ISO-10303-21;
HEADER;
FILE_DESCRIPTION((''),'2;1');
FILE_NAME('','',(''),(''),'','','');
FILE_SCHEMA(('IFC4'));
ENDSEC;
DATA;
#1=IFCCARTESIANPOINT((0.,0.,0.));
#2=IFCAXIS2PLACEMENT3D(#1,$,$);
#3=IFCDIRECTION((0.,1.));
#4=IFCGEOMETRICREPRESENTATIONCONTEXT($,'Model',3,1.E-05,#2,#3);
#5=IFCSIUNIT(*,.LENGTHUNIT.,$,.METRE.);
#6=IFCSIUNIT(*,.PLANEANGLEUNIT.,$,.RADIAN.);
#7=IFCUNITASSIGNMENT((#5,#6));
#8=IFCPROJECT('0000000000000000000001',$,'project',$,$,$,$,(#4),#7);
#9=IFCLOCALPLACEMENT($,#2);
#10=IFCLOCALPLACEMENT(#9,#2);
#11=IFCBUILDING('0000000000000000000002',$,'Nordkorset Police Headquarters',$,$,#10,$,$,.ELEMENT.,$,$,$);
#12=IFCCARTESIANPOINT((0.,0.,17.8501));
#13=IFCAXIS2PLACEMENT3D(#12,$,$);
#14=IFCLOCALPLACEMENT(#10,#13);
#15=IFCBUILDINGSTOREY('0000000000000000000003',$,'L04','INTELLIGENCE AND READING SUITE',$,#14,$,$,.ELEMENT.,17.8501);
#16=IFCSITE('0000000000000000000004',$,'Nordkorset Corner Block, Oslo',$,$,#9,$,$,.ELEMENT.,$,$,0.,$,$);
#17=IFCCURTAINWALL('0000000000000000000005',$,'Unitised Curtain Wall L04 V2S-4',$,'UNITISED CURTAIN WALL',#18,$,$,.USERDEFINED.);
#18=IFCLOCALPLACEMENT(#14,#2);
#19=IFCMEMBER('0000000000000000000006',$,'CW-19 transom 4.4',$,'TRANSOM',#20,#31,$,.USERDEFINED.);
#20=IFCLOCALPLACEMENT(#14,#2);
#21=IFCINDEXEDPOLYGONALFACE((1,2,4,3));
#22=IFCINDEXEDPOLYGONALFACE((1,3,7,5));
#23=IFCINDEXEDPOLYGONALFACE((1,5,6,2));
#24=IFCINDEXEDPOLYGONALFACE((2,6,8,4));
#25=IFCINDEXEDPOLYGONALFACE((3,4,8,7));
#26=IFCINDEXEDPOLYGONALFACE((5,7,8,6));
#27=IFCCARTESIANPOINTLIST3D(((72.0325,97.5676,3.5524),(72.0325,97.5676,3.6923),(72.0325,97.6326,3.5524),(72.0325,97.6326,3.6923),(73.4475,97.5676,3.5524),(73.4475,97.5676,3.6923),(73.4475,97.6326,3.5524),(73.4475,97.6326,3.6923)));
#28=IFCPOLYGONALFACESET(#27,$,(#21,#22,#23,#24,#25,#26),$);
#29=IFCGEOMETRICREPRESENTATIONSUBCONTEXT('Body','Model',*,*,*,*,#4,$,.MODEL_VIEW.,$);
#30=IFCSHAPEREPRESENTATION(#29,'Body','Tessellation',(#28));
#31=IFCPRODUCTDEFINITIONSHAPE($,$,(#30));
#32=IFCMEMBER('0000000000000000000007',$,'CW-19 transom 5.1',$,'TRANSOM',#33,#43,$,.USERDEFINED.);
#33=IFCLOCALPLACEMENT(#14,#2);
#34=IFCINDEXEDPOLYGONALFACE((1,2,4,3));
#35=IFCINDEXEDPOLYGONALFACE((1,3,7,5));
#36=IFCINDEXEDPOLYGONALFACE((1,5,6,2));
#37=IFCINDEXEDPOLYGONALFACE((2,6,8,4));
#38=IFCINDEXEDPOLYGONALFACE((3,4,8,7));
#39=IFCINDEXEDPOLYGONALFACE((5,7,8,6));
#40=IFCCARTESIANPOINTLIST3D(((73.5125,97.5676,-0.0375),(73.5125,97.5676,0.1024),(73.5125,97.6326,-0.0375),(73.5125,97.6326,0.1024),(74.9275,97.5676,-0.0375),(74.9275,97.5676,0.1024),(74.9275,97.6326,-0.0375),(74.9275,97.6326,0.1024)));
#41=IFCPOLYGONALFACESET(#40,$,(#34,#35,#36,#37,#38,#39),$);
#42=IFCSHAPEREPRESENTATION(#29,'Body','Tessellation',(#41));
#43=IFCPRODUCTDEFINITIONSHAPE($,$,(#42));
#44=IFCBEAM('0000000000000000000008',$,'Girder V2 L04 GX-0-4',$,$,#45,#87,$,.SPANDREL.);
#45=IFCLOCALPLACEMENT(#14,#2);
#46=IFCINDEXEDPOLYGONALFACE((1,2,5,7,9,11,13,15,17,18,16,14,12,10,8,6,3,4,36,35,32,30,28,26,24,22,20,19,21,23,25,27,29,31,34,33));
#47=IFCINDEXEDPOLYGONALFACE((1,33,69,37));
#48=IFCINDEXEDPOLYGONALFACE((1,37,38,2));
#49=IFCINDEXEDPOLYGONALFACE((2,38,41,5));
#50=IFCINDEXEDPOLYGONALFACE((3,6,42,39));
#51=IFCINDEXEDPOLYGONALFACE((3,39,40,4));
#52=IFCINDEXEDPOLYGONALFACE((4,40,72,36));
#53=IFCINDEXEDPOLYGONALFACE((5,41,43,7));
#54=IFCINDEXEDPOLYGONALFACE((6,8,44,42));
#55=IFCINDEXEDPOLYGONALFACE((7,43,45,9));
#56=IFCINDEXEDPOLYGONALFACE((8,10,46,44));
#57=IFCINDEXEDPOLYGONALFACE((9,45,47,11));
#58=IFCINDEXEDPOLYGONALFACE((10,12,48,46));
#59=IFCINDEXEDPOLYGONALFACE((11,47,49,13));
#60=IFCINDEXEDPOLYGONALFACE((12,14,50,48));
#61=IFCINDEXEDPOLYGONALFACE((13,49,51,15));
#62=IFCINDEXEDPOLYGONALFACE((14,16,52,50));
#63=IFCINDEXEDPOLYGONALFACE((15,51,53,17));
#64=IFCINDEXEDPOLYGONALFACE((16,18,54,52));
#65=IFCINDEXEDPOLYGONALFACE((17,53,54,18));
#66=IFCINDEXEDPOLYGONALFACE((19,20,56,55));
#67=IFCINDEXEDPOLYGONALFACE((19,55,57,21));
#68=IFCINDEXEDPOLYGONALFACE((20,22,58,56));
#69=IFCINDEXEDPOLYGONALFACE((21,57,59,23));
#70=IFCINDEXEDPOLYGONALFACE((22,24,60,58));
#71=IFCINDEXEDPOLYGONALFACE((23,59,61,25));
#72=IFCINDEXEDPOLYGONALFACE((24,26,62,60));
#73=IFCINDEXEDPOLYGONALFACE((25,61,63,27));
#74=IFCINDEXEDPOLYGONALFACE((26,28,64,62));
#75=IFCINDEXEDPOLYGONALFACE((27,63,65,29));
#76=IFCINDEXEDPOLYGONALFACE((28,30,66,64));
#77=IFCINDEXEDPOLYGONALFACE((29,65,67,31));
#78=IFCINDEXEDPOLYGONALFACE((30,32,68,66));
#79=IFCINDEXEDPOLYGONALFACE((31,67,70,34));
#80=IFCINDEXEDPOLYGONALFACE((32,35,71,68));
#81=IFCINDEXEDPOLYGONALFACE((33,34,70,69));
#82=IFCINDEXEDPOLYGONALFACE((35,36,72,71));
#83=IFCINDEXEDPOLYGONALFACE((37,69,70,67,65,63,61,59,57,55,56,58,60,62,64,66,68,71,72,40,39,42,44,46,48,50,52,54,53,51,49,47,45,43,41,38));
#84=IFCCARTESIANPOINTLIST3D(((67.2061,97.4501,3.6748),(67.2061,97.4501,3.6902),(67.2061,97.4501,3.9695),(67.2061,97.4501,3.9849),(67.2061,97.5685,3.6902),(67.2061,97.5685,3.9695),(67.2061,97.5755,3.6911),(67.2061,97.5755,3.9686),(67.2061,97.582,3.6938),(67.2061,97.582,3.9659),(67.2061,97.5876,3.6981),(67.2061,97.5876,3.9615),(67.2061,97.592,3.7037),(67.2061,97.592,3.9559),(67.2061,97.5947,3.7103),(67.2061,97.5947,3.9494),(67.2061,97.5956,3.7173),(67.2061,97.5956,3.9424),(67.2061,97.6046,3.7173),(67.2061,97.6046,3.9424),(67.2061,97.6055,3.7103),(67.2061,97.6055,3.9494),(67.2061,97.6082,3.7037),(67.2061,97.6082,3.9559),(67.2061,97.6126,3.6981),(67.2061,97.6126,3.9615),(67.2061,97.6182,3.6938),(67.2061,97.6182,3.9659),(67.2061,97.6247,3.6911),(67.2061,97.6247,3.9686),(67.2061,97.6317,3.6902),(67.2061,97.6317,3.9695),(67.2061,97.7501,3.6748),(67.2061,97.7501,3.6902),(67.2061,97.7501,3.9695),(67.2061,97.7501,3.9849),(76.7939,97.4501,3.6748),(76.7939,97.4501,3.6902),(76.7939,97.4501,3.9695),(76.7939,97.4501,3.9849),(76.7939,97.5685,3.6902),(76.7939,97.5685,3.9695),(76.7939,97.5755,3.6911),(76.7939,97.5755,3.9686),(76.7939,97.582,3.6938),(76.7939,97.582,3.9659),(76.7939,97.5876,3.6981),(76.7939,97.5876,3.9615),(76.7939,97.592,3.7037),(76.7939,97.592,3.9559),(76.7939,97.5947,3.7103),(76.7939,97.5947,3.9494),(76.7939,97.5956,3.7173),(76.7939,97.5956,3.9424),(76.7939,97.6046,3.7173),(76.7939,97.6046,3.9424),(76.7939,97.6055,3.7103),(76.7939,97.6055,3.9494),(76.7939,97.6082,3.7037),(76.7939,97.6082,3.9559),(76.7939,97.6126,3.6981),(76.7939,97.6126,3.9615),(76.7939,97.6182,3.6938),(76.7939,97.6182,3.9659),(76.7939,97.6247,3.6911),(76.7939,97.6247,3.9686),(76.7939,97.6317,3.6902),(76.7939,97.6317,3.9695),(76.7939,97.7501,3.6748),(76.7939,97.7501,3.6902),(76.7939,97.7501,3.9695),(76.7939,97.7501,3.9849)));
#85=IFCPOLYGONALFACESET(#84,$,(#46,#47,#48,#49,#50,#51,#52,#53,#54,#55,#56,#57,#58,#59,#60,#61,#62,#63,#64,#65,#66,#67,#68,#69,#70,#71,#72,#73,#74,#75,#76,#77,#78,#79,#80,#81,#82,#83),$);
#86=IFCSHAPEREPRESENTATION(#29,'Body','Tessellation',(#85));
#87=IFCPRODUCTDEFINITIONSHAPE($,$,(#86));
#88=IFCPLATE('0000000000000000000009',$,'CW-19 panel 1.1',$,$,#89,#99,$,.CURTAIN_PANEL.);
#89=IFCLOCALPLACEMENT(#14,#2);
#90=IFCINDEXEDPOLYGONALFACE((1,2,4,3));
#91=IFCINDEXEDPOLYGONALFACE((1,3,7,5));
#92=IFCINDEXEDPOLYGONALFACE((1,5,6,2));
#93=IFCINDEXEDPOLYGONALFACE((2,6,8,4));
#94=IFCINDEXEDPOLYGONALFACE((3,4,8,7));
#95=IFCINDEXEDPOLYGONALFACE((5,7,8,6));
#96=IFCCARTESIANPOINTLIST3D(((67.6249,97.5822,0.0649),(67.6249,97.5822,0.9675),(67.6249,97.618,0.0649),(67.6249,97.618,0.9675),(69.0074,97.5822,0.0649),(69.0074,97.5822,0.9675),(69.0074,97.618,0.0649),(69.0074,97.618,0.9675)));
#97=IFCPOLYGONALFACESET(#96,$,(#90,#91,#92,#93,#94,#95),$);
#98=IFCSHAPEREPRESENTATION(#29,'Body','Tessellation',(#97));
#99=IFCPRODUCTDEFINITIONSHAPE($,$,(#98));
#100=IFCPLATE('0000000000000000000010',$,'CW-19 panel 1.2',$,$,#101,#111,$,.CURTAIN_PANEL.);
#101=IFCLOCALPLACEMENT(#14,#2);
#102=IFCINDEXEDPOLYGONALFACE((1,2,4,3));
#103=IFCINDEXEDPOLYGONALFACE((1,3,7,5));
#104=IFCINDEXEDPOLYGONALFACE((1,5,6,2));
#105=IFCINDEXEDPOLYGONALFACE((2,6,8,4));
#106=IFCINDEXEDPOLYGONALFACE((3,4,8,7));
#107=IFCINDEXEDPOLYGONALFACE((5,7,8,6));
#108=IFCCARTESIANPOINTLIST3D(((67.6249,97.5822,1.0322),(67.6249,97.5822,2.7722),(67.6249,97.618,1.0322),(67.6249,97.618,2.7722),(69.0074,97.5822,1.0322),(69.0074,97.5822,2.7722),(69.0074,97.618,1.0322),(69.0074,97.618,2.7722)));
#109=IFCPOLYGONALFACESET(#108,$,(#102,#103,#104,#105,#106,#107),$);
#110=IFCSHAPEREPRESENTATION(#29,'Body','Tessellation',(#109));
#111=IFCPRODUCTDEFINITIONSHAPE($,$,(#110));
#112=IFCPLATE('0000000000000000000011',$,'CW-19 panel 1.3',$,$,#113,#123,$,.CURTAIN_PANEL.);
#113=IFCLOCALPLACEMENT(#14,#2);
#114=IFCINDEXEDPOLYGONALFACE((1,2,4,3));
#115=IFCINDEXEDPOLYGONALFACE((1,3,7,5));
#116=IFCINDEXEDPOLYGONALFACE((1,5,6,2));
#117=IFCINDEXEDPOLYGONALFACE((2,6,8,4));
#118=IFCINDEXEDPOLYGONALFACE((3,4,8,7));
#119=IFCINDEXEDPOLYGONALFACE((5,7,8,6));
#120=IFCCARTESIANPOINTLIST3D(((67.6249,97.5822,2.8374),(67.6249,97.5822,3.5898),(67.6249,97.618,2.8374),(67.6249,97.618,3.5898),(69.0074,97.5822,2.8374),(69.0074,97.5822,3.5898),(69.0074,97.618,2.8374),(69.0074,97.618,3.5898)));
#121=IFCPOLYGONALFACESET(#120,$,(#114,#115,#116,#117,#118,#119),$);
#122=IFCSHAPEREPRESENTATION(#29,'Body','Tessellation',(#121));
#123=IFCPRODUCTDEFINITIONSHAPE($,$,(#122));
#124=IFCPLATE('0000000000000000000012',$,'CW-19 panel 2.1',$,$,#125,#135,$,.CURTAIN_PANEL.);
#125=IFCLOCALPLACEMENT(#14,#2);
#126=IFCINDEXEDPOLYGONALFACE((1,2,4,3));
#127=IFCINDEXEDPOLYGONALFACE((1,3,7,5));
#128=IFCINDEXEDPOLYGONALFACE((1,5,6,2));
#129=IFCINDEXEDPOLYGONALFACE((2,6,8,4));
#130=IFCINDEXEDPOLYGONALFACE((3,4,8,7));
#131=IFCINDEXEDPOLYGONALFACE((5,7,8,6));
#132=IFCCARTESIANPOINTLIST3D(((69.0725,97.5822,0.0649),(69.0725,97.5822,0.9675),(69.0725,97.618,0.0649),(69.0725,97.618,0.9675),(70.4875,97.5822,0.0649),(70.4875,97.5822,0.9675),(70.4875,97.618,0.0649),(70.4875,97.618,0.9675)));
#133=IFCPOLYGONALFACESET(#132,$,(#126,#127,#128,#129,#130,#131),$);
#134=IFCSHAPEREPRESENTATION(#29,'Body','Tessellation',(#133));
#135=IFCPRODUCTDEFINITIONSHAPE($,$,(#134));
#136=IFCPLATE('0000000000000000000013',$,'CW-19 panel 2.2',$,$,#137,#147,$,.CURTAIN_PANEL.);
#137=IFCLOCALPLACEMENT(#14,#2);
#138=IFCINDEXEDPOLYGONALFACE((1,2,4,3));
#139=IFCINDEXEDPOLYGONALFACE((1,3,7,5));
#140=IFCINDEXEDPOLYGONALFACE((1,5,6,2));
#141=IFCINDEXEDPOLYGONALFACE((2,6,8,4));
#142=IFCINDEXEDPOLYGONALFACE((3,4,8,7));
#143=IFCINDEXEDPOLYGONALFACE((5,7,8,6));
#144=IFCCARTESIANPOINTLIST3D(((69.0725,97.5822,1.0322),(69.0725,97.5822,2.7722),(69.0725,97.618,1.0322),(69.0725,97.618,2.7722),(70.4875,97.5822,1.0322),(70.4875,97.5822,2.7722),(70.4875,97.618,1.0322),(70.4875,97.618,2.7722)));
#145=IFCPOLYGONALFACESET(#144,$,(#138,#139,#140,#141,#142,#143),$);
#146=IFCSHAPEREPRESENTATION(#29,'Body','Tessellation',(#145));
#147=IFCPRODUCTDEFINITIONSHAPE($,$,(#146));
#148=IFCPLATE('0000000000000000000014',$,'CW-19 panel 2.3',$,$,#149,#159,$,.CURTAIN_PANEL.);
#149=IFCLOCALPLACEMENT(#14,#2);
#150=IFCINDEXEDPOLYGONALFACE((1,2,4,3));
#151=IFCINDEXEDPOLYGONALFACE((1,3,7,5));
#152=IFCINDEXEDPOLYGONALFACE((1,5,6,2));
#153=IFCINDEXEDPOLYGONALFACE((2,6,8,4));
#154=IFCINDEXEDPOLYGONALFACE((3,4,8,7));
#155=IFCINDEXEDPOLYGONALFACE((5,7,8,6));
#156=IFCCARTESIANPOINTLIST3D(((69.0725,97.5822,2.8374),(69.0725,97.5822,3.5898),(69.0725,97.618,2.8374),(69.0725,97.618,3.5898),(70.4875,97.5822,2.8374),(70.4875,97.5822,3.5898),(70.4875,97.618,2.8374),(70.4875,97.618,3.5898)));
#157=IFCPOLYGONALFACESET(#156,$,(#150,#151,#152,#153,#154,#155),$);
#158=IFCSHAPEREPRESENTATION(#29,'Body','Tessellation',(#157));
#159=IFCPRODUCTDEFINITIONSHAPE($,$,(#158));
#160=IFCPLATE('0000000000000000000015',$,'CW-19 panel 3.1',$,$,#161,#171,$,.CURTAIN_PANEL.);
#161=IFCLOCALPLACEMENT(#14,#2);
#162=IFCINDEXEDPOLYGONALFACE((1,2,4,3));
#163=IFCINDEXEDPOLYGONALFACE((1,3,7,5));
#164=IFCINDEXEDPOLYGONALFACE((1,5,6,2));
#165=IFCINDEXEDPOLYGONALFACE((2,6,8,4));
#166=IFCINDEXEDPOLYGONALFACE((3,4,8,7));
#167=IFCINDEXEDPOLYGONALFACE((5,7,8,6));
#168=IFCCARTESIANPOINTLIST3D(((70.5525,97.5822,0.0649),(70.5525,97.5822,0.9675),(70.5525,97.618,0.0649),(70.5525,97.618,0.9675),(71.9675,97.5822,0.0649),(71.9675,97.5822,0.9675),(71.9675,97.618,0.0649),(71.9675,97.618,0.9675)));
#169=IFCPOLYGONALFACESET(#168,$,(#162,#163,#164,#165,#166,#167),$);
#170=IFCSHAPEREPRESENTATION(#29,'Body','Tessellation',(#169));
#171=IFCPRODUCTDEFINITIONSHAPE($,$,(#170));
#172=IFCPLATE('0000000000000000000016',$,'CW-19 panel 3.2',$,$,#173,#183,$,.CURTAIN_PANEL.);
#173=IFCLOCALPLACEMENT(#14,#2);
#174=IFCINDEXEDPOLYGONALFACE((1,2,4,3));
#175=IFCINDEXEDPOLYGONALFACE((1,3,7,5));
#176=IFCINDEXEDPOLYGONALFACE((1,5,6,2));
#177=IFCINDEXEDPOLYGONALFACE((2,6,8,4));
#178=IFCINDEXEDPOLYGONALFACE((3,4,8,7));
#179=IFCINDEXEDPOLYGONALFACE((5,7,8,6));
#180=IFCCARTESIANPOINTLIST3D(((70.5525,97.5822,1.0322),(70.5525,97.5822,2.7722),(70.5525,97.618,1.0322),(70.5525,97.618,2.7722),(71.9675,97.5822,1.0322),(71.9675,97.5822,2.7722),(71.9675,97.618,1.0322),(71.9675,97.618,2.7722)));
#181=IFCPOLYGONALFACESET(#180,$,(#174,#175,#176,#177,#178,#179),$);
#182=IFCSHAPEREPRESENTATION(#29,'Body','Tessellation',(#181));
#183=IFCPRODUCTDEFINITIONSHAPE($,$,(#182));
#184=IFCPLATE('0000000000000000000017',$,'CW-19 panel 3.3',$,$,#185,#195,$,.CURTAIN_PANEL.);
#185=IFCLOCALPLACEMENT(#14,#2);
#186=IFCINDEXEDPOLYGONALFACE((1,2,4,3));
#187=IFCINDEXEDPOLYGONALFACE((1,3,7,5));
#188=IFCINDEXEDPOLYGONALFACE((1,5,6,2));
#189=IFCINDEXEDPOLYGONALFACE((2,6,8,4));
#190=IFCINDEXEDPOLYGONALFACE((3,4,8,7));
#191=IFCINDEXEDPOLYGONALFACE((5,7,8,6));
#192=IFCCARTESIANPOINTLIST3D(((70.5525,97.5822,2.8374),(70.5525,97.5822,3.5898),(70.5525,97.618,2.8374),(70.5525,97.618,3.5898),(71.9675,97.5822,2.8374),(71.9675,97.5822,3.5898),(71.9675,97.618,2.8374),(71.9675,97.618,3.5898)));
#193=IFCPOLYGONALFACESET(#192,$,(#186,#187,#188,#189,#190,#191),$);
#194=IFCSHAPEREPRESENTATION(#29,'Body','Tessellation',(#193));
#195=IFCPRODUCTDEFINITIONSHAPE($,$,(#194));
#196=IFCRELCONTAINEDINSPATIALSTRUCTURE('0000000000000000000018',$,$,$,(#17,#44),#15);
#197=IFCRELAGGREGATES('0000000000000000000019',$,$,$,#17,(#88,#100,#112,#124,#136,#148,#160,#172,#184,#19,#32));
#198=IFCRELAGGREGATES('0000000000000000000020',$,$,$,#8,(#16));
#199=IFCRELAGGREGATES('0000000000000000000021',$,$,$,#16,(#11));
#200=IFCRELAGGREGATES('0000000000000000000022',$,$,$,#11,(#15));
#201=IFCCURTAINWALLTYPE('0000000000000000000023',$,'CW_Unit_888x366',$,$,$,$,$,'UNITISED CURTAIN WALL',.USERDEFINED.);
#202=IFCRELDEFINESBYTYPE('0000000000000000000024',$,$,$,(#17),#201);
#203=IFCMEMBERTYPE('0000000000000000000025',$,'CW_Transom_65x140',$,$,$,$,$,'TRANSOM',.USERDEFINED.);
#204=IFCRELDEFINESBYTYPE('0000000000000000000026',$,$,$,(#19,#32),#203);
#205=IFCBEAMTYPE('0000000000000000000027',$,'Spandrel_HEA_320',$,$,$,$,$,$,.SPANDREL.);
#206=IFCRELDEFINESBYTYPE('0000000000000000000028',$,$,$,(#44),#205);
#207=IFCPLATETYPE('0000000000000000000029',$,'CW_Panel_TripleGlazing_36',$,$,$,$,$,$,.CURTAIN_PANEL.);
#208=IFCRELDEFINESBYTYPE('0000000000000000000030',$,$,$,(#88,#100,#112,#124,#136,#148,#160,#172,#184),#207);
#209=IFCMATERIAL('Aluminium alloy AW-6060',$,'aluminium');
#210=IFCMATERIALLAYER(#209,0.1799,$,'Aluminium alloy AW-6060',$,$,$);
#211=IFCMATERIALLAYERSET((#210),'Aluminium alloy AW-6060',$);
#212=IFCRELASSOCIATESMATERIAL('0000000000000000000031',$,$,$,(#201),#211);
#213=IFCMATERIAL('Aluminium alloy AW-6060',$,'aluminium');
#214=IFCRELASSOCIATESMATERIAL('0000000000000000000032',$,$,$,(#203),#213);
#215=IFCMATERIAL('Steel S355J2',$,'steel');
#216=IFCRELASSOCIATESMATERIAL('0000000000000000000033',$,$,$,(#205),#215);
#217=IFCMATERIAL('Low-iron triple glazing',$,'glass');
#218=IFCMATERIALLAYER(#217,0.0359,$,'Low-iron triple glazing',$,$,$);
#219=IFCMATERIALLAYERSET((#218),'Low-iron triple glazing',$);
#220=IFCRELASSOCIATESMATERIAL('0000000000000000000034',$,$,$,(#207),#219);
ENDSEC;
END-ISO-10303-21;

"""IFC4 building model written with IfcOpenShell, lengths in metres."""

from ifc_helpers import new_model, si_unit, direction, frame, origin, origin_2d, place, context, subcontext, project, spatial, rectangle, i_section, extrude, material, layer, layer_set, material_profile, profile_set, type_object, element, aggregate, save


model = new_model("IFC4")

# Units and contexts
model_context = context("Model", 3, precision=1e-05, world=origin(), true_north=direction((0.0, 1.0)))
body_context = subcontext(model_context, "Body", "Model", "MODEL_VIEW")
ifc_project = project(units=[si_unit("LENGTHUNIT", "METRE"), si_unit("PLANEANGLEUNIT", "RADIAN")], contexts=[model_context])

# Site, building, storey
site_placement = place(None, origin())
site = spatial("IfcSite", under=ifc_project, at=site_placement, Name="Nordkorset Corner Block, Oslo", CompositionType="ELEMENT", RefElevation=0.0)
building_placement = place(site_placement, origin())
building = spatial("IfcBuilding", under=site, at=building_placement, Name="Nordkorset Police Headquarters", CompositionType="ELEMENT")
storey_placement = place(building_placement, frame((0.0, 0.0, 17.8501)))
storey = spatial("IfcBuildingStorey", under=building, at=storey_placement, Name="L04", Description="INTELLIGENCE AND READING SUITE", CompositionType="ELEMENT", Elevation=17.8501)

# Curtain wall, members
ifc_material_1 = material(Name="Aluminium alloy AW-6060", Category="aluminium")
ifc_layer_1 = layer(ifc_material_1, 0.1799, Name="Aluminium alloy AW-6060")
ifc_layer_set_1 = layer_set([ifc_layer_1], Name="Aluminium alloy AW-6060")
curtain_wall_type = type_object("IfcCurtainWallType", Name="CW_Unit_888x366", ElementType="UNITISED CURTAIN WALL", PredefinedType="USERDEFINED", material=ifc_layer_set_1)
curtain_wall_placement = place(storey_placement, origin())
curtain_wall = element("IfcCurtainWall", 1, at=curtain_wall_placement, inside=storey, type_object=curtain_wall_type, Name="Unitised Curtain Wall L04 V2S-4", ObjectType="UNITISED CURTAIN WALL", PredefinedType="USERDEFINED")
ifc_material_2 = material(Name="Aluminium alloy AW-6060", Category="aluminium")
ifc_material_profile_1 = material_profile(ifc_material_2, rectangle(XDim=0.0649, YDim=0.1399, at=origin_2d()), Name="ALU TRAN 65x140")
ifc_profile_set_1 = profile_set([ifc_material_profile_1], Name="Aluminium alloy AW-6060")
member_type_1 = type_object("IfcMemberType", Name="CW_Transom_65x140", ElementType="TRANSOM", PredefinedType="USERDEFINED", material=ifc_profile_set_1)
member_1_placement = place(storey_placement, frame((72.0325, 97.6001, 3.6223), z_axis=(1.0, 0.0, 0.0), x_axis=(0.0, 1.0, 0.0)))
member_1 = element("IfcMember", 2, at=member_1_placement, type_object=member_type_1, Name="CW-19 transom 4.4", ObjectType="TRANSOM", PredefinedType="USERDEFINED", context=body_context, shape_type="SweptSolid", body=[
    extrude(rectangle(XDim=0.0649, YDim=0.1399, at=origin_2d()), origin(), (0.0, 0.0, 1.0), 1.415),
])
member_2_placement = place(storey_placement, frame((73.5125, 97.6001, 0.0325), z_axis=(1.0, 0.0, 0.0), x_axis=(0.0, 1.0, 0.0)))
member_2 = element("IfcMember", 3, at=member_2_placement, type_object=member_type_1, Name="CW-19 transom 5.1", ObjectType="TRANSOM", PredefinedType="USERDEFINED", context=body_context, shape_type="SweptSolid", body=[
    extrude(rectangle(XDim=0.0649, YDim=0.1399, at=origin_2d()), origin(), (0.0, 0.0, 1.0), 1.415),
])

# Beam
ifc_material_3 = material(Name="Steel S355J2", Category="steel")
ifc_material_profile_2 = material_profile(ifc_material_3, i_section(OverallWidth=0.3, OverallDepth=0.3101, WebThickness=0.009, FlangeThickness=0.0154, FilletRadius=0.0271, at=origin_2d()), Name="HEA 320")
ifc_profile_set_2 = profile_set([ifc_material_profile_2], Name="Steel S355J2")
beam_type = type_object("IfcBeamType", Name="Spandrel_HEA_320", PredefinedType="SPANDREL", material=ifc_profile_set_2)
beam_placement = place(storey_placement, frame((67.2061, 97.6001, 3.8298), z_axis=(1.0, 0.0, 0.0), x_axis=(0.0, 1.0, 0.0)))
element("IfcBeam", 4, at=beam_placement, inside=storey, type_object=beam_type, Name="Girder V2 L04 GX-0-4", PredefinedType="SPANDREL", context=body_context, shape_type="SweptSolid", body=[
    extrude(i_section(OverallWidth=0.3, OverallDepth=0.3101, WebThickness=0.009, FlangeThickness=0.0154, FilletRadius=0.0271, at=origin_2d()), origin(), (0.0, 0.0, 1.0), 9.5879),
])

# Plates
ifc_material_4 = material(Name="Low-iron triple glazing", Category="glass")
ifc_layer_2 = layer(ifc_material_4, 0.0359, Name="Low-iron triple glazing")
ifc_layer_set_2 = layer_set([ifc_layer_2], Name="Low-iron triple glazing")
plate_type_1 = type_object("IfcPlateType", Name="CW_Panel_TripleGlazing_36", PredefinedType="CURTAIN_PANEL", material=ifc_layer_set_2)
plate_1_placement = place(storey_placement, frame((68.3162, 97.6001, 0.0649), z_axis=(0.0, 0.0, 1.0), x_axis=(1.0, 0.0, 0.0)))
plate_1 = element("IfcPlate", 5, at=plate_1_placement, type_object=plate_type_1, Name="CW-19 panel 1.1", PredefinedType="CURTAIN_PANEL", context=body_context, shape_type="SweptSolid", body=[
    extrude(rectangle(XDim=1.3826, YDim=0.0359, at=origin_2d()), origin(), (0.0, 0.0, 1.0), 0.9026),
])
plate_2_placement = place(storey_placement, frame((68.3162, 97.6001, 1.0322), z_axis=(0.0, 0.0, 1.0), x_axis=(1.0, 0.0, 0.0)))
plate_2 = element("IfcPlate", 6, at=plate_2_placement, type_object=plate_type_1, Name="CW-19 panel 1.2", PredefinedType="CURTAIN_PANEL", context=body_context, shape_type="SweptSolid", body=[
    extrude(rectangle(XDim=1.3826, YDim=0.0359, at=origin_2d()), origin(), (0.0, 0.0, 1.0), 1.74),
])
plate_3_placement = place(storey_placement, frame((68.3162, 97.6001, 2.8374), z_axis=(0.0, 0.0, 1.0), x_axis=(1.0, 0.0, 0.0)))
plate_3 = element("IfcPlate", 7, at=plate_3_placement, type_object=plate_type_1, Name="CW-19 panel 1.3", PredefinedType="CURTAIN_PANEL", context=body_context, shape_type="SweptSolid", body=[
    extrude(rectangle(XDim=1.3826, YDim=0.0359, at=origin_2d()), origin(), (0.0, 0.0, 1.0), 0.7524),
])
plate_4_placement = place(storey_placement, frame((69.78, 97.6001, 0.0649), z_axis=(0.0, 0.0, 1.0), x_axis=(1.0, 0.0, 0.0)))
plate_4 = element("IfcPlate", 8, at=plate_4_placement, type_object=plate_type_1, Name="CW-19 panel 2.1", PredefinedType="CURTAIN_PANEL", context=body_context, shape_type="SweptSolid", body=[
    extrude(rectangle(XDim=1.415, YDim=0.0359, at=origin_2d()), origin(), (0.0, 0.0, 1.0), 0.9026),
])
plate_5_placement = place(storey_placement, frame((69.78, 97.6001, 1.0322), z_axis=(0.0, 0.0, 1.0), x_axis=(1.0, 0.0, 0.0)))
plate_5 = element("IfcPlate", 9, at=plate_5_placement, type_object=plate_type_1, Name="CW-19 panel 2.2", PredefinedType="CURTAIN_PANEL", context=body_context, shape_type="SweptSolid", body=[
    extrude(rectangle(XDim=1.415, YDim=0.0359, at=origin_2d()), origin(), (0.0, 0.0, 1.0), 1.74),
])
plate_6_placement = place(storey_placement, frame((69.78, 97.6001, 2.8374), z_axis=(0.0, 0.0, 1.0), x_axis=(1.0, 0.0, 0.0)))
plate_6 = element("IfcPlate", 10, at=plate_6_placement, type_object=plate_type_1, Name="CW-19 panel 2.3", PredefinedType="CURTAIN_PANEL", context=body_context, shape_type="SweptSolid", body=[
    extrude(rectangle(XDim=1.415, YDim=0.0359, at=origin_2d()), origin(), (0.0, 0.0, 1.0), 0.7524),
])
plate_7_placement = place(storey_placement, frame((71.26, 97.6001, 0.0649), z_axis=(0.0, 0.0, 1.0), x_axis=(1.0, 0.0, 0.0)))
plate_7 = element("IfcPlate", 11, at=plate_7_placement, type_object=plate_type_1, Name="CW-19 panel 3.1", PredefinedType="CURTAIN_PANEL", context=body_context, shape_type="SweptSolid", body=[
    extrude(rectangle(XDim=1.415, YDim=0.0359, at=origin_2d()), origin(), (0.0, 0.0, 1.0), 0.9026),
])
plate_8_placement = place(storey_placement, frame((71.26, 97.6001, 1.0322), z_axis=(0.0, 0.0, 1.0), x_axis=(1.0, 0.0, 0.0)))
plate_8 = element("IfcPlate", 12, at=plate_8_placement, type_object=plate_type_1, Name="CW-19 panel 3.2", PredefinedType="CURTAIN_PANEL", context=body_context, shape_type="SweptSolid", body=[
    extrude(rectangle(XDim=1.415, YDim=0.0359, at=origin_2d()), origin(), (0.0, 0.0, 1.0), 1.74),
])
plate_9_placement = place(storey_placement, frame((71.26, 97.6001, 2.8374), z_axis=(0.0, 0.0, 1.0), x_axis=(1.0, 0.0, 0.0)))
plate_9 = element("IfcPlate", 13, at=plate_9_placement, type_object=plate_type_1, Name="CW-19 panel 3.3", PredefinedType="CURTAIN_PANEL", context=body_context, shape_type="SweptSolid", body=[
    extrude(rectangle(XDim=1.415, YDim=0.0359, at=origin_2d()), origin(), (0.0, 0.0, 1.0), 0.7524),
])
aggregate(curtain_wall, [plate_1, plate_2, plate_3, plate_4, plate_5, plate_6, plate_7, plate_8, plate_9, member_1, member_2])

save(model, "model.ifc")
